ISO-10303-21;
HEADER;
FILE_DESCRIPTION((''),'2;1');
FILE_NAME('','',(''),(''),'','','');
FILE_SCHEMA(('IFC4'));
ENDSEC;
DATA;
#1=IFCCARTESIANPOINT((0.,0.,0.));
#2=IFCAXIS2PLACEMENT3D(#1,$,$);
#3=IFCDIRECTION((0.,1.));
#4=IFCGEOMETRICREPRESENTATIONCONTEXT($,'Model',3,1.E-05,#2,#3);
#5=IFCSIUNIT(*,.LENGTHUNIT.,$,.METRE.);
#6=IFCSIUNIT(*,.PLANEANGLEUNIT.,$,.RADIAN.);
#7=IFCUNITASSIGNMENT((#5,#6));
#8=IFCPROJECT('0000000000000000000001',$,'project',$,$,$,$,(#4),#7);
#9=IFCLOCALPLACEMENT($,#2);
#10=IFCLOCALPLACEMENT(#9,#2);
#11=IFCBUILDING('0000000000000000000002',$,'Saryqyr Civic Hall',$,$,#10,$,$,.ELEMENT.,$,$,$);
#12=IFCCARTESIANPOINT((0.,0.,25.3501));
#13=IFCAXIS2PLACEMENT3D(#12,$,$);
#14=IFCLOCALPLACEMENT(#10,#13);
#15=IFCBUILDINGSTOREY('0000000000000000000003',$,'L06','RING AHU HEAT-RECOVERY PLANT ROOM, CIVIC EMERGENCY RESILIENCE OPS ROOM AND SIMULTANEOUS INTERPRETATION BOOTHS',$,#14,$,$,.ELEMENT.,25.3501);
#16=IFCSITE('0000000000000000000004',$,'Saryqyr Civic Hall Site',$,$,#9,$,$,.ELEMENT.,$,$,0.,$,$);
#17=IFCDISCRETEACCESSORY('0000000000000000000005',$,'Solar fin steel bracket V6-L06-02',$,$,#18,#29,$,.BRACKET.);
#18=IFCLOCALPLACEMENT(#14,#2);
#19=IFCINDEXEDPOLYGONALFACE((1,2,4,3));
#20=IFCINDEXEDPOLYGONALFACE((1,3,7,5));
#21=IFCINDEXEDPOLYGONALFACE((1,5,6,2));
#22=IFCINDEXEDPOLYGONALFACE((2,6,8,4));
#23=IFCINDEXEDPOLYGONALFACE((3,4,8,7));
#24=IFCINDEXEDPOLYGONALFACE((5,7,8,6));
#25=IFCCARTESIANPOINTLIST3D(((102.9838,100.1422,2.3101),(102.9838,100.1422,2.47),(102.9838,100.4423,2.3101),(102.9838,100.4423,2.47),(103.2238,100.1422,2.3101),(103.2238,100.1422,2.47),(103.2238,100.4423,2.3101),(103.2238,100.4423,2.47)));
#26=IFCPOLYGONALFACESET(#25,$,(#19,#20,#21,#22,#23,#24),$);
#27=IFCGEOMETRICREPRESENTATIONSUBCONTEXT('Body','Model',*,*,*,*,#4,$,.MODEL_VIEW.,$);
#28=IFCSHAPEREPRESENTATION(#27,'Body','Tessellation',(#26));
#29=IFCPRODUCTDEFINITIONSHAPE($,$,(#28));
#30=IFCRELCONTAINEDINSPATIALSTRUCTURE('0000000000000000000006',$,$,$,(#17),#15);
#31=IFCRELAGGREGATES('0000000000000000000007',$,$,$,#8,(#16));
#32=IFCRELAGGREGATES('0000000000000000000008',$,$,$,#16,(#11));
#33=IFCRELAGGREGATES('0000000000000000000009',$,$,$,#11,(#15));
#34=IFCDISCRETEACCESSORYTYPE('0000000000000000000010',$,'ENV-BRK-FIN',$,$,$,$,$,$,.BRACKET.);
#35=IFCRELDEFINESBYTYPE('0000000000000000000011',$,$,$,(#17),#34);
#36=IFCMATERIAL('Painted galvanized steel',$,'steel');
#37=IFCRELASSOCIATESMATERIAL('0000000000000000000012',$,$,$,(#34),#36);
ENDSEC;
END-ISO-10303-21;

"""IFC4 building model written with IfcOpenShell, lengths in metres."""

from ifc_helpers import new_model, si_unit, direction, frame, origin, origin_2d, place, context, subcontext, project, spatial, rectangle, extrude, material, type_object, element, save


model = new_model("IFC4")

# Units and contexts
model_context = context("Model", 3, precision=1e-05, world=origin(), true_north=direction((0.0, 1.0)))
body_context = subcontext(model_context, "Body", "Model", "MODEL_VIEW")
ifc_project = project(units=[si_unit("LENGTHUNIT", "METRE"), si_unit("PLANEANGLEUNIT", "RADIAN")], contexts=[model_context])

# Site, building, storey
site_placement = place(None, origin())
site = spatial("IfcSite", under=ifc_project, at=site_placement, Name="Saryqyr Civic Hall Site", CompositionType="ELEMENT", RefElevation=0.0)
building_placement = place(site_placement, origin())
building = spatial("IfcBuilding", under=site, at=building_placement, Name="Saryqyr Civic Hall", CompositionType="ELEMENT")
storey_placement = place(building_placement, frame((0.0, 0.0, 25.3501)))
storey = spatial("IfcBuildingStorey", under=building, at=storey_placement, Name="L06", Description="RING AHU HEAT-RECOVERY PLANT ROOM, CIVIC EMERGENCY RESILIENCE OPS ROOM AND SIMULTANEOUS INTERPRETATION BOOTHS", CompositionType="ELEMENT", Elevation=25.3501)

# Discrete accessory
ifc_material_1 = material(Name="Painted galvanized steel", Category="steel")
discrete_accessory_type = type_object("IfcDiscreteAccessoryType", Name="ENV-BRK-FIN", PredefinedType="BRACKET", material=ifc_material_1)
discrete_accessory_placement = place(storey_placement, frame((103.1038, 100.2922, 2.3101), z_axis=(0.0, 0.0, 1.0), x_axis=(1.0, 0.0, 0.0)))
element("IfcDiscreteAccessory", 1, at=discrete_accessory_placement, inside=storey, type_object=discrete_accessory_type, Name="Solar fin steel bracket V6-L06-02", PredefinedType="BRACKET", context=body_context, shape_type="SweptSolid", body=[
    extrude(rectangle(XDim=0.24, YDim=0.3, at=origin_2d()), origin(), (0.0, 0.0, 1.0), 0.1599),
])

save(model, "model.ifc")
